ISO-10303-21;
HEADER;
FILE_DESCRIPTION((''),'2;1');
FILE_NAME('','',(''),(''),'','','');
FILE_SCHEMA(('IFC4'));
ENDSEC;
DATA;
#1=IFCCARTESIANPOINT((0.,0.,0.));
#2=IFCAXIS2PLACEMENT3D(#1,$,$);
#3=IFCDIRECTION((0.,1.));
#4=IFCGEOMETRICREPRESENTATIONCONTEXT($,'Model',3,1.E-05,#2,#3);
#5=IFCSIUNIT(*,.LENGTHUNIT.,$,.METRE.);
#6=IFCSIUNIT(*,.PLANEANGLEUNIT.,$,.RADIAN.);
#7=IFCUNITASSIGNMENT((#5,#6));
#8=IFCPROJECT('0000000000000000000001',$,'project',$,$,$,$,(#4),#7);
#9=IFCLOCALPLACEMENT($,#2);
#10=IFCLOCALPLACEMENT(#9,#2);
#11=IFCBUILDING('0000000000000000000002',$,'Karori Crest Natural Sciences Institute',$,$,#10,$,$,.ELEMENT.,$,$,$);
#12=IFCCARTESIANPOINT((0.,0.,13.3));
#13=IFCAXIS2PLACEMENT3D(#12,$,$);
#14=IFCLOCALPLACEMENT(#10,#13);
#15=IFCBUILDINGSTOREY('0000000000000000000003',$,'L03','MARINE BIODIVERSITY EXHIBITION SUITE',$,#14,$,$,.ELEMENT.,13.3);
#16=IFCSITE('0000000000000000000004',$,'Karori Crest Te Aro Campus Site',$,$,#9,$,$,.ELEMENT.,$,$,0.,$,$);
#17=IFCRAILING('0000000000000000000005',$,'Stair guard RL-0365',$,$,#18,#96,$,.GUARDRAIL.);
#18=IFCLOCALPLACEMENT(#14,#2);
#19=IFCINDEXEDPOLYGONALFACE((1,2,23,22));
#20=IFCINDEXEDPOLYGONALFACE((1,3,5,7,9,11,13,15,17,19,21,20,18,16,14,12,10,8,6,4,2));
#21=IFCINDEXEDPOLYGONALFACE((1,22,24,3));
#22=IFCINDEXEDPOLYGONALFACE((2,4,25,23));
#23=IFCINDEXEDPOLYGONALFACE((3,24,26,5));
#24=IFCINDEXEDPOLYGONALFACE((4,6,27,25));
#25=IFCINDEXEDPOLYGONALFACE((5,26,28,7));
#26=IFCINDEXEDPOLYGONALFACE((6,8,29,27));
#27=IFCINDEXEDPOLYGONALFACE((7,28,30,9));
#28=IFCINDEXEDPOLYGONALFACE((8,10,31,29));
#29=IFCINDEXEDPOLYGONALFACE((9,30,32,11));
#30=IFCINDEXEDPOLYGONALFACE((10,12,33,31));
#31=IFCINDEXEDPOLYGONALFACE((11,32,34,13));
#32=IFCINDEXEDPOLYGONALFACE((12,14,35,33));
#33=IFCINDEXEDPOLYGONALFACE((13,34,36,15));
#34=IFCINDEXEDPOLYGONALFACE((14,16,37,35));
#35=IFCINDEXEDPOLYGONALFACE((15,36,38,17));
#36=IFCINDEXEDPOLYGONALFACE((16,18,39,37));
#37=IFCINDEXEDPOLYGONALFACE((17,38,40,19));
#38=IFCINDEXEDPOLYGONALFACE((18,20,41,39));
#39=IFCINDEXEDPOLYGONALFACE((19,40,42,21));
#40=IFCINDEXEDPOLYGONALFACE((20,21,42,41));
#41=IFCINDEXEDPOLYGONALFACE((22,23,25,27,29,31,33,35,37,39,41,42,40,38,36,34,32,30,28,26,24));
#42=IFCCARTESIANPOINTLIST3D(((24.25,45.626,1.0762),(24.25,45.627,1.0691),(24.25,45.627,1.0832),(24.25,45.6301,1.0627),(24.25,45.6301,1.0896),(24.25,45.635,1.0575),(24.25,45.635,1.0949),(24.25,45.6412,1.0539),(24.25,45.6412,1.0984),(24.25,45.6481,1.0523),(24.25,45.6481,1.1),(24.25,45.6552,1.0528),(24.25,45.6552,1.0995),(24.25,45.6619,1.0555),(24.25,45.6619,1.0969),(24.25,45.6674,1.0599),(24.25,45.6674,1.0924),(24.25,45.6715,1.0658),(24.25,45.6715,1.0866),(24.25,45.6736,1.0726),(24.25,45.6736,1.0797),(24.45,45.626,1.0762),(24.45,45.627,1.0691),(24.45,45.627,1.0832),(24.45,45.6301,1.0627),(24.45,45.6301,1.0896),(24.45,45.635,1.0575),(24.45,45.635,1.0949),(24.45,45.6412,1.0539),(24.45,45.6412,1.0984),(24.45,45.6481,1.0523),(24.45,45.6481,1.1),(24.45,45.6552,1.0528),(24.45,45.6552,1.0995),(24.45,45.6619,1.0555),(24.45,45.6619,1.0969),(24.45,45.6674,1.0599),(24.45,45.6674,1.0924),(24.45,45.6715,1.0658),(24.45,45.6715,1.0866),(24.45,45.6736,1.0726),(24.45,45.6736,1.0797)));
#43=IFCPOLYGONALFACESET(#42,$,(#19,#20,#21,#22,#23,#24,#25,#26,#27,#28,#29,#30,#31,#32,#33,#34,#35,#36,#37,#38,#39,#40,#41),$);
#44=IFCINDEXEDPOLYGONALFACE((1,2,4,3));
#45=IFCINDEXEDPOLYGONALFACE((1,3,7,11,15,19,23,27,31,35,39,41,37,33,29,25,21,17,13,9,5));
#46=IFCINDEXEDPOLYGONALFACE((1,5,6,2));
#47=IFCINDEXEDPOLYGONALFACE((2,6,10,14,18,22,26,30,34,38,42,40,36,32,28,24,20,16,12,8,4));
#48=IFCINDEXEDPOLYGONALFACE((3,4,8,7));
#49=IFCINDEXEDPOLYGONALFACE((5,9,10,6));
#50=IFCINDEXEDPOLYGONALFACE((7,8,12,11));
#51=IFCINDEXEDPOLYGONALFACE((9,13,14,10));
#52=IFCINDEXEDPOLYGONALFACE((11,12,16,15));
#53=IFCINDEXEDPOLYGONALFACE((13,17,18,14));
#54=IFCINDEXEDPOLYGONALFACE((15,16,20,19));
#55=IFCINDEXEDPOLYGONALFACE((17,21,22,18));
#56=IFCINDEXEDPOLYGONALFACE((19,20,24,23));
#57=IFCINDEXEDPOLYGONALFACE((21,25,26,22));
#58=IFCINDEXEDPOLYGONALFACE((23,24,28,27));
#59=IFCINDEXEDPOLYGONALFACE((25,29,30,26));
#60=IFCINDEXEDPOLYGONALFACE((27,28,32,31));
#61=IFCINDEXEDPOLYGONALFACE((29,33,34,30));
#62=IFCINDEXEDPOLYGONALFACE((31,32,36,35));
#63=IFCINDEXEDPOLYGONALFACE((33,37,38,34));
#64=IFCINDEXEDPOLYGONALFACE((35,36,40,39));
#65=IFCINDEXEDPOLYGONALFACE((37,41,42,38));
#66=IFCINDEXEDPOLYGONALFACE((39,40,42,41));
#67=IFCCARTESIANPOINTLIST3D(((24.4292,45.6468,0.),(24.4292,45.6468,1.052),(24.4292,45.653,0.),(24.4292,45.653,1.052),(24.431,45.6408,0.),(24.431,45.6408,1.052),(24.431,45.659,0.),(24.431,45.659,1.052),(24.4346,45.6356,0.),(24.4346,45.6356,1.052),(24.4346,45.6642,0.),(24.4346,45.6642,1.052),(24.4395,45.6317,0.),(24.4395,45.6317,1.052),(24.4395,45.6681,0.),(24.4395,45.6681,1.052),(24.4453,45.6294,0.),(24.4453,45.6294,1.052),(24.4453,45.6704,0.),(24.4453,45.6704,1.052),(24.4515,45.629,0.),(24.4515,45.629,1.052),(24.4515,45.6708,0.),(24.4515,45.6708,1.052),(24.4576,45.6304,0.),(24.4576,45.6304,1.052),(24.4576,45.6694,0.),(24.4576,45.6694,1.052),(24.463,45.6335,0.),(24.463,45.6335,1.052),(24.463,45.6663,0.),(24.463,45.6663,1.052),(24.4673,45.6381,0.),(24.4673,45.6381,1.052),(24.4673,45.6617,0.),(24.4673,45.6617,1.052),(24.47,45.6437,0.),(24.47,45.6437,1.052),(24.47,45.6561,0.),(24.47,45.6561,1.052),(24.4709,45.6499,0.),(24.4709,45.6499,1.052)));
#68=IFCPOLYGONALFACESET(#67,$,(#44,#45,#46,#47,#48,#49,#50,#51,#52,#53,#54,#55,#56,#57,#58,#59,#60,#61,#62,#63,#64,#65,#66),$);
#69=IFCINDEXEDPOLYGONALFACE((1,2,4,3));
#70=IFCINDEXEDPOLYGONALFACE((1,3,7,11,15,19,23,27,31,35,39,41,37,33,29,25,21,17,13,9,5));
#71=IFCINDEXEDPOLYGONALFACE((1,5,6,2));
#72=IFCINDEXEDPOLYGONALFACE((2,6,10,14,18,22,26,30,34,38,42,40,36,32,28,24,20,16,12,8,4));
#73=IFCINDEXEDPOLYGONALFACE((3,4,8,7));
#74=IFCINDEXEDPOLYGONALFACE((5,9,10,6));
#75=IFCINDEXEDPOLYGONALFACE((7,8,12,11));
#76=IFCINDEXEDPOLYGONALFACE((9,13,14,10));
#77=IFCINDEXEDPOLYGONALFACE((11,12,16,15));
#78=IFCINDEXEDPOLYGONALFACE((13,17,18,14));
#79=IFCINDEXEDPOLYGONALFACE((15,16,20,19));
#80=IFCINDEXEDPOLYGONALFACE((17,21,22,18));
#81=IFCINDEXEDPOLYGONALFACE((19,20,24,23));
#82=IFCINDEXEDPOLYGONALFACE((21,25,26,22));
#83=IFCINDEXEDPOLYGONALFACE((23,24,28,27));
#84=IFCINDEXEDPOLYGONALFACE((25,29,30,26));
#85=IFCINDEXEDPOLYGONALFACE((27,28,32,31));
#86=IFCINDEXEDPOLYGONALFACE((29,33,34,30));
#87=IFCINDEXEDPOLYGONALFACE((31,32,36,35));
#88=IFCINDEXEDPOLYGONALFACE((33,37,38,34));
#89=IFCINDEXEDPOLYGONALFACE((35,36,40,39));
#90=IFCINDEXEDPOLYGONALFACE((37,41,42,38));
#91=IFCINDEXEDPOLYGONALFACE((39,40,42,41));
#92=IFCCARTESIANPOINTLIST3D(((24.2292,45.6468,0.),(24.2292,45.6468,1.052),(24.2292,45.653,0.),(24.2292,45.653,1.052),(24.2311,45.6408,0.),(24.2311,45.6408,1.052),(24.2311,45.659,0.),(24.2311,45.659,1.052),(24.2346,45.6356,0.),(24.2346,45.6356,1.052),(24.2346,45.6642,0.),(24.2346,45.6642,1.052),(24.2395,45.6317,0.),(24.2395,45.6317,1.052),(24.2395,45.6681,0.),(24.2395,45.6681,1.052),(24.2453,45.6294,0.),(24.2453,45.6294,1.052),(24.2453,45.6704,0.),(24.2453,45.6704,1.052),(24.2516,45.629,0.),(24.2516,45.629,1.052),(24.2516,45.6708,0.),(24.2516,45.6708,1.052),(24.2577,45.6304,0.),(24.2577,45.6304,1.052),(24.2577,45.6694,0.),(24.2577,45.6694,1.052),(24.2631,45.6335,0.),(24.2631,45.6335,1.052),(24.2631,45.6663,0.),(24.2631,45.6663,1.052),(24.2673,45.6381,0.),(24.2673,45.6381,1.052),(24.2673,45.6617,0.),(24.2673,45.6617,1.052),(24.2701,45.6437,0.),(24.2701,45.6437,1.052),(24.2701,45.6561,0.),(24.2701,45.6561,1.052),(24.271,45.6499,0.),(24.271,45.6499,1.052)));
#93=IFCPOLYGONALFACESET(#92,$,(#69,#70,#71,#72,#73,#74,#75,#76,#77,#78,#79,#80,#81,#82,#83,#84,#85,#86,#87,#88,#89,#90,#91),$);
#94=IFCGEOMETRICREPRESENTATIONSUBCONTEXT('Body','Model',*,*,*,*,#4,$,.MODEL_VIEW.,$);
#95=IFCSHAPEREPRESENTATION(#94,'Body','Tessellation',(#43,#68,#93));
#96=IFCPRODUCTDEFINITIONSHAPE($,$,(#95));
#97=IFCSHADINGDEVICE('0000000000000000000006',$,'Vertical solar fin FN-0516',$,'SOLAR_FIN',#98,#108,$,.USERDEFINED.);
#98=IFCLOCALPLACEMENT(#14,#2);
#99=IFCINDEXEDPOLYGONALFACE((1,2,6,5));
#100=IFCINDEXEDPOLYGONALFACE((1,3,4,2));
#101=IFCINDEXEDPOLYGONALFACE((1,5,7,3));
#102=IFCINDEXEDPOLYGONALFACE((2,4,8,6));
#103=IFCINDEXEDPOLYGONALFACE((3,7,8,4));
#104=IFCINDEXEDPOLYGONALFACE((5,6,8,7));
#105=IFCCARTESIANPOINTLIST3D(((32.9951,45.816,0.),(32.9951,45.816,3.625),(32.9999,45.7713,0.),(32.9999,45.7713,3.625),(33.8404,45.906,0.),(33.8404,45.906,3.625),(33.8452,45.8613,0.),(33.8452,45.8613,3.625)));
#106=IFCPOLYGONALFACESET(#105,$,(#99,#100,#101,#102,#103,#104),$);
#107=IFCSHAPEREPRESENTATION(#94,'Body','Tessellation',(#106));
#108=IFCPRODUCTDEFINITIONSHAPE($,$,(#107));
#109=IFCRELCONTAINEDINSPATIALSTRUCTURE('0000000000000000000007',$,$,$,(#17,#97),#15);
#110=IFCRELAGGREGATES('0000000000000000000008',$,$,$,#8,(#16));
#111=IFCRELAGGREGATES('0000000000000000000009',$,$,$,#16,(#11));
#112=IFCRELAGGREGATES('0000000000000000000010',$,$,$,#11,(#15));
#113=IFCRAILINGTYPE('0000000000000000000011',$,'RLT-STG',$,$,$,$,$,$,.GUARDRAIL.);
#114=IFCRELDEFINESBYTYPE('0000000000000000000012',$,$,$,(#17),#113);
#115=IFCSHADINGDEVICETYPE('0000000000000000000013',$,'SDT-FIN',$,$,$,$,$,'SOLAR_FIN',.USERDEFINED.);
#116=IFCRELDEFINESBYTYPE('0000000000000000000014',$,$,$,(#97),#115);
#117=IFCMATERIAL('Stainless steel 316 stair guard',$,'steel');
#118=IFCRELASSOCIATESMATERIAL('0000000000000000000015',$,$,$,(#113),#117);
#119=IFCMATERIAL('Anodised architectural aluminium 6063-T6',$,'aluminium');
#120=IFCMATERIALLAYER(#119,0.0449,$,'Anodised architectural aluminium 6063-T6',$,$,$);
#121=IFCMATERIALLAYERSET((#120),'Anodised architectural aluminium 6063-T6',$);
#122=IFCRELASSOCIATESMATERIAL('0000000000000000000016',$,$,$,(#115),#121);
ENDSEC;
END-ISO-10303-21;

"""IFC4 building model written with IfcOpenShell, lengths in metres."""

from ifc_helpers import new_model, si_unit, direction, frame, origin, origin_2d, place, context, subcontext, project, spatial, rectangle, circle, extrude, material, layer, layer_set, type_object, element, save


model = new_model("IFC4")

# Units and contexts
model_context = context("Model", 3, precision=1e-05, world=origin(), true_north=direction((0.0, 1.0)))
body_context = subcontext(model_context, "Body", "Model", "MODEL_VIEW")
ifc_project = project(units=[si_unit("LENGTHUNIT", "METRE"), si_unit("PLANEANGLEUNIT", "RADIAN")], contexts=[model_context])

# Site, building, storey
site_placement = place(None, origin())
site = spatial("IfcSite", under=ifc_project, at=site_placement, Name="Karori Crest Te Aro Campus Site", CompositionType="ELEMENT", RefElevation=0.0)
building_placement = place(site_placement, origin())
building = spatial("IfcBuilding", under=site, at=building_placement, Name="Karori Crest Natural Sciences Institute", CompositionType="ELEMENT")
storey_placement = place(building_placement, frame((0.0, 0.0, 13.3)))
storey = spatial("IfcBuildingStorey", under=building, at=storey_placement, Name="L03", Description="MARINE BIODIVERSITY EXHIBITION SUITE", CompositionType="ELEMENT", Elevation=13.3)

# Railing
ifc_material_1 = material(Name="Stainless steel 316 stair guard", Category="steel")
railing_type_1 = type_object("IfcRailingType", Name="RLT-STG", PredefinedType="GUARDRAIL", material=ifc_material_1)
railing_1_placement = place(storey_placement, frame((24.45, 45.6499, 0.0)))
element("IfcRailing", 1, at=railing_1_placement, inside=storey, type_object=railing_type_1, Name="Stair guard RL-0365", PredefinedType="GUARDRAIL", context=body_context, shape_type="SweptSolid", body=[
    extrude(circle(Radius=0.0239, at=origin_2d()), frame((0.0, 0.0, 1.0762), z_axis=(-1.0, 0.0, 0.0), x_axis=(0.0, -1.0, 0.0)), (0.0, 0.0, 1.0), 0.2),
    extrude(circle(Radius=0.021, at=origin_2d()), origin(), (0.0, 0.0, 1.0), 1.052),
    extrude(circle(Radius=0.021, at=origin_2d()), frame((-0.2, 0.0, 0.0)), (0.0, 0.0, 1.0), 1.052),
])

# Shading device
ifc_material_2 = material(Name="Anodised architectural aluminium 6063-T6", Category="aluminium")
ifc_layer_1 = layer(ifc_material_2, 0.0449, Name="Anodised architectural aluminium 6063-T6")
ifc_layer_set_1 = layer_set([ifc_layer_1], Name="Anodised architectural aluminium 6063-T6")
shading_device_type = type_object("IfcShadingDeviceType", Name="SDT-FIN", ElementType="SOLAR_FIN", PredefinedType="USERDEFINED", material=ifc_layer_set_1)
shading_device_placement = place(storey_placement, frame((33.4202, 45.8386, 0.0), z_axis=(0.0, 0.0, 1.0), x_axis=(-0.994378, -0.105884, 0.0)))
element("IfcShadingDevice", 2, at=shading_device_placement, inside=storey, type_object=shading_device_type, Name="Vertical solar fin FN-0516", ObjectType="SOLAR_FIN", PredefinedType="USERDEFINED", context=body_context, shape_type="SweptSolid", body=[
    extrude(rectangle(XDim=0.8501, YDim=0.0449, at=origin_2d()), origin(), (0.0, 0.0, 1.0), 3.625),
])

save(model, "model.ifc")
